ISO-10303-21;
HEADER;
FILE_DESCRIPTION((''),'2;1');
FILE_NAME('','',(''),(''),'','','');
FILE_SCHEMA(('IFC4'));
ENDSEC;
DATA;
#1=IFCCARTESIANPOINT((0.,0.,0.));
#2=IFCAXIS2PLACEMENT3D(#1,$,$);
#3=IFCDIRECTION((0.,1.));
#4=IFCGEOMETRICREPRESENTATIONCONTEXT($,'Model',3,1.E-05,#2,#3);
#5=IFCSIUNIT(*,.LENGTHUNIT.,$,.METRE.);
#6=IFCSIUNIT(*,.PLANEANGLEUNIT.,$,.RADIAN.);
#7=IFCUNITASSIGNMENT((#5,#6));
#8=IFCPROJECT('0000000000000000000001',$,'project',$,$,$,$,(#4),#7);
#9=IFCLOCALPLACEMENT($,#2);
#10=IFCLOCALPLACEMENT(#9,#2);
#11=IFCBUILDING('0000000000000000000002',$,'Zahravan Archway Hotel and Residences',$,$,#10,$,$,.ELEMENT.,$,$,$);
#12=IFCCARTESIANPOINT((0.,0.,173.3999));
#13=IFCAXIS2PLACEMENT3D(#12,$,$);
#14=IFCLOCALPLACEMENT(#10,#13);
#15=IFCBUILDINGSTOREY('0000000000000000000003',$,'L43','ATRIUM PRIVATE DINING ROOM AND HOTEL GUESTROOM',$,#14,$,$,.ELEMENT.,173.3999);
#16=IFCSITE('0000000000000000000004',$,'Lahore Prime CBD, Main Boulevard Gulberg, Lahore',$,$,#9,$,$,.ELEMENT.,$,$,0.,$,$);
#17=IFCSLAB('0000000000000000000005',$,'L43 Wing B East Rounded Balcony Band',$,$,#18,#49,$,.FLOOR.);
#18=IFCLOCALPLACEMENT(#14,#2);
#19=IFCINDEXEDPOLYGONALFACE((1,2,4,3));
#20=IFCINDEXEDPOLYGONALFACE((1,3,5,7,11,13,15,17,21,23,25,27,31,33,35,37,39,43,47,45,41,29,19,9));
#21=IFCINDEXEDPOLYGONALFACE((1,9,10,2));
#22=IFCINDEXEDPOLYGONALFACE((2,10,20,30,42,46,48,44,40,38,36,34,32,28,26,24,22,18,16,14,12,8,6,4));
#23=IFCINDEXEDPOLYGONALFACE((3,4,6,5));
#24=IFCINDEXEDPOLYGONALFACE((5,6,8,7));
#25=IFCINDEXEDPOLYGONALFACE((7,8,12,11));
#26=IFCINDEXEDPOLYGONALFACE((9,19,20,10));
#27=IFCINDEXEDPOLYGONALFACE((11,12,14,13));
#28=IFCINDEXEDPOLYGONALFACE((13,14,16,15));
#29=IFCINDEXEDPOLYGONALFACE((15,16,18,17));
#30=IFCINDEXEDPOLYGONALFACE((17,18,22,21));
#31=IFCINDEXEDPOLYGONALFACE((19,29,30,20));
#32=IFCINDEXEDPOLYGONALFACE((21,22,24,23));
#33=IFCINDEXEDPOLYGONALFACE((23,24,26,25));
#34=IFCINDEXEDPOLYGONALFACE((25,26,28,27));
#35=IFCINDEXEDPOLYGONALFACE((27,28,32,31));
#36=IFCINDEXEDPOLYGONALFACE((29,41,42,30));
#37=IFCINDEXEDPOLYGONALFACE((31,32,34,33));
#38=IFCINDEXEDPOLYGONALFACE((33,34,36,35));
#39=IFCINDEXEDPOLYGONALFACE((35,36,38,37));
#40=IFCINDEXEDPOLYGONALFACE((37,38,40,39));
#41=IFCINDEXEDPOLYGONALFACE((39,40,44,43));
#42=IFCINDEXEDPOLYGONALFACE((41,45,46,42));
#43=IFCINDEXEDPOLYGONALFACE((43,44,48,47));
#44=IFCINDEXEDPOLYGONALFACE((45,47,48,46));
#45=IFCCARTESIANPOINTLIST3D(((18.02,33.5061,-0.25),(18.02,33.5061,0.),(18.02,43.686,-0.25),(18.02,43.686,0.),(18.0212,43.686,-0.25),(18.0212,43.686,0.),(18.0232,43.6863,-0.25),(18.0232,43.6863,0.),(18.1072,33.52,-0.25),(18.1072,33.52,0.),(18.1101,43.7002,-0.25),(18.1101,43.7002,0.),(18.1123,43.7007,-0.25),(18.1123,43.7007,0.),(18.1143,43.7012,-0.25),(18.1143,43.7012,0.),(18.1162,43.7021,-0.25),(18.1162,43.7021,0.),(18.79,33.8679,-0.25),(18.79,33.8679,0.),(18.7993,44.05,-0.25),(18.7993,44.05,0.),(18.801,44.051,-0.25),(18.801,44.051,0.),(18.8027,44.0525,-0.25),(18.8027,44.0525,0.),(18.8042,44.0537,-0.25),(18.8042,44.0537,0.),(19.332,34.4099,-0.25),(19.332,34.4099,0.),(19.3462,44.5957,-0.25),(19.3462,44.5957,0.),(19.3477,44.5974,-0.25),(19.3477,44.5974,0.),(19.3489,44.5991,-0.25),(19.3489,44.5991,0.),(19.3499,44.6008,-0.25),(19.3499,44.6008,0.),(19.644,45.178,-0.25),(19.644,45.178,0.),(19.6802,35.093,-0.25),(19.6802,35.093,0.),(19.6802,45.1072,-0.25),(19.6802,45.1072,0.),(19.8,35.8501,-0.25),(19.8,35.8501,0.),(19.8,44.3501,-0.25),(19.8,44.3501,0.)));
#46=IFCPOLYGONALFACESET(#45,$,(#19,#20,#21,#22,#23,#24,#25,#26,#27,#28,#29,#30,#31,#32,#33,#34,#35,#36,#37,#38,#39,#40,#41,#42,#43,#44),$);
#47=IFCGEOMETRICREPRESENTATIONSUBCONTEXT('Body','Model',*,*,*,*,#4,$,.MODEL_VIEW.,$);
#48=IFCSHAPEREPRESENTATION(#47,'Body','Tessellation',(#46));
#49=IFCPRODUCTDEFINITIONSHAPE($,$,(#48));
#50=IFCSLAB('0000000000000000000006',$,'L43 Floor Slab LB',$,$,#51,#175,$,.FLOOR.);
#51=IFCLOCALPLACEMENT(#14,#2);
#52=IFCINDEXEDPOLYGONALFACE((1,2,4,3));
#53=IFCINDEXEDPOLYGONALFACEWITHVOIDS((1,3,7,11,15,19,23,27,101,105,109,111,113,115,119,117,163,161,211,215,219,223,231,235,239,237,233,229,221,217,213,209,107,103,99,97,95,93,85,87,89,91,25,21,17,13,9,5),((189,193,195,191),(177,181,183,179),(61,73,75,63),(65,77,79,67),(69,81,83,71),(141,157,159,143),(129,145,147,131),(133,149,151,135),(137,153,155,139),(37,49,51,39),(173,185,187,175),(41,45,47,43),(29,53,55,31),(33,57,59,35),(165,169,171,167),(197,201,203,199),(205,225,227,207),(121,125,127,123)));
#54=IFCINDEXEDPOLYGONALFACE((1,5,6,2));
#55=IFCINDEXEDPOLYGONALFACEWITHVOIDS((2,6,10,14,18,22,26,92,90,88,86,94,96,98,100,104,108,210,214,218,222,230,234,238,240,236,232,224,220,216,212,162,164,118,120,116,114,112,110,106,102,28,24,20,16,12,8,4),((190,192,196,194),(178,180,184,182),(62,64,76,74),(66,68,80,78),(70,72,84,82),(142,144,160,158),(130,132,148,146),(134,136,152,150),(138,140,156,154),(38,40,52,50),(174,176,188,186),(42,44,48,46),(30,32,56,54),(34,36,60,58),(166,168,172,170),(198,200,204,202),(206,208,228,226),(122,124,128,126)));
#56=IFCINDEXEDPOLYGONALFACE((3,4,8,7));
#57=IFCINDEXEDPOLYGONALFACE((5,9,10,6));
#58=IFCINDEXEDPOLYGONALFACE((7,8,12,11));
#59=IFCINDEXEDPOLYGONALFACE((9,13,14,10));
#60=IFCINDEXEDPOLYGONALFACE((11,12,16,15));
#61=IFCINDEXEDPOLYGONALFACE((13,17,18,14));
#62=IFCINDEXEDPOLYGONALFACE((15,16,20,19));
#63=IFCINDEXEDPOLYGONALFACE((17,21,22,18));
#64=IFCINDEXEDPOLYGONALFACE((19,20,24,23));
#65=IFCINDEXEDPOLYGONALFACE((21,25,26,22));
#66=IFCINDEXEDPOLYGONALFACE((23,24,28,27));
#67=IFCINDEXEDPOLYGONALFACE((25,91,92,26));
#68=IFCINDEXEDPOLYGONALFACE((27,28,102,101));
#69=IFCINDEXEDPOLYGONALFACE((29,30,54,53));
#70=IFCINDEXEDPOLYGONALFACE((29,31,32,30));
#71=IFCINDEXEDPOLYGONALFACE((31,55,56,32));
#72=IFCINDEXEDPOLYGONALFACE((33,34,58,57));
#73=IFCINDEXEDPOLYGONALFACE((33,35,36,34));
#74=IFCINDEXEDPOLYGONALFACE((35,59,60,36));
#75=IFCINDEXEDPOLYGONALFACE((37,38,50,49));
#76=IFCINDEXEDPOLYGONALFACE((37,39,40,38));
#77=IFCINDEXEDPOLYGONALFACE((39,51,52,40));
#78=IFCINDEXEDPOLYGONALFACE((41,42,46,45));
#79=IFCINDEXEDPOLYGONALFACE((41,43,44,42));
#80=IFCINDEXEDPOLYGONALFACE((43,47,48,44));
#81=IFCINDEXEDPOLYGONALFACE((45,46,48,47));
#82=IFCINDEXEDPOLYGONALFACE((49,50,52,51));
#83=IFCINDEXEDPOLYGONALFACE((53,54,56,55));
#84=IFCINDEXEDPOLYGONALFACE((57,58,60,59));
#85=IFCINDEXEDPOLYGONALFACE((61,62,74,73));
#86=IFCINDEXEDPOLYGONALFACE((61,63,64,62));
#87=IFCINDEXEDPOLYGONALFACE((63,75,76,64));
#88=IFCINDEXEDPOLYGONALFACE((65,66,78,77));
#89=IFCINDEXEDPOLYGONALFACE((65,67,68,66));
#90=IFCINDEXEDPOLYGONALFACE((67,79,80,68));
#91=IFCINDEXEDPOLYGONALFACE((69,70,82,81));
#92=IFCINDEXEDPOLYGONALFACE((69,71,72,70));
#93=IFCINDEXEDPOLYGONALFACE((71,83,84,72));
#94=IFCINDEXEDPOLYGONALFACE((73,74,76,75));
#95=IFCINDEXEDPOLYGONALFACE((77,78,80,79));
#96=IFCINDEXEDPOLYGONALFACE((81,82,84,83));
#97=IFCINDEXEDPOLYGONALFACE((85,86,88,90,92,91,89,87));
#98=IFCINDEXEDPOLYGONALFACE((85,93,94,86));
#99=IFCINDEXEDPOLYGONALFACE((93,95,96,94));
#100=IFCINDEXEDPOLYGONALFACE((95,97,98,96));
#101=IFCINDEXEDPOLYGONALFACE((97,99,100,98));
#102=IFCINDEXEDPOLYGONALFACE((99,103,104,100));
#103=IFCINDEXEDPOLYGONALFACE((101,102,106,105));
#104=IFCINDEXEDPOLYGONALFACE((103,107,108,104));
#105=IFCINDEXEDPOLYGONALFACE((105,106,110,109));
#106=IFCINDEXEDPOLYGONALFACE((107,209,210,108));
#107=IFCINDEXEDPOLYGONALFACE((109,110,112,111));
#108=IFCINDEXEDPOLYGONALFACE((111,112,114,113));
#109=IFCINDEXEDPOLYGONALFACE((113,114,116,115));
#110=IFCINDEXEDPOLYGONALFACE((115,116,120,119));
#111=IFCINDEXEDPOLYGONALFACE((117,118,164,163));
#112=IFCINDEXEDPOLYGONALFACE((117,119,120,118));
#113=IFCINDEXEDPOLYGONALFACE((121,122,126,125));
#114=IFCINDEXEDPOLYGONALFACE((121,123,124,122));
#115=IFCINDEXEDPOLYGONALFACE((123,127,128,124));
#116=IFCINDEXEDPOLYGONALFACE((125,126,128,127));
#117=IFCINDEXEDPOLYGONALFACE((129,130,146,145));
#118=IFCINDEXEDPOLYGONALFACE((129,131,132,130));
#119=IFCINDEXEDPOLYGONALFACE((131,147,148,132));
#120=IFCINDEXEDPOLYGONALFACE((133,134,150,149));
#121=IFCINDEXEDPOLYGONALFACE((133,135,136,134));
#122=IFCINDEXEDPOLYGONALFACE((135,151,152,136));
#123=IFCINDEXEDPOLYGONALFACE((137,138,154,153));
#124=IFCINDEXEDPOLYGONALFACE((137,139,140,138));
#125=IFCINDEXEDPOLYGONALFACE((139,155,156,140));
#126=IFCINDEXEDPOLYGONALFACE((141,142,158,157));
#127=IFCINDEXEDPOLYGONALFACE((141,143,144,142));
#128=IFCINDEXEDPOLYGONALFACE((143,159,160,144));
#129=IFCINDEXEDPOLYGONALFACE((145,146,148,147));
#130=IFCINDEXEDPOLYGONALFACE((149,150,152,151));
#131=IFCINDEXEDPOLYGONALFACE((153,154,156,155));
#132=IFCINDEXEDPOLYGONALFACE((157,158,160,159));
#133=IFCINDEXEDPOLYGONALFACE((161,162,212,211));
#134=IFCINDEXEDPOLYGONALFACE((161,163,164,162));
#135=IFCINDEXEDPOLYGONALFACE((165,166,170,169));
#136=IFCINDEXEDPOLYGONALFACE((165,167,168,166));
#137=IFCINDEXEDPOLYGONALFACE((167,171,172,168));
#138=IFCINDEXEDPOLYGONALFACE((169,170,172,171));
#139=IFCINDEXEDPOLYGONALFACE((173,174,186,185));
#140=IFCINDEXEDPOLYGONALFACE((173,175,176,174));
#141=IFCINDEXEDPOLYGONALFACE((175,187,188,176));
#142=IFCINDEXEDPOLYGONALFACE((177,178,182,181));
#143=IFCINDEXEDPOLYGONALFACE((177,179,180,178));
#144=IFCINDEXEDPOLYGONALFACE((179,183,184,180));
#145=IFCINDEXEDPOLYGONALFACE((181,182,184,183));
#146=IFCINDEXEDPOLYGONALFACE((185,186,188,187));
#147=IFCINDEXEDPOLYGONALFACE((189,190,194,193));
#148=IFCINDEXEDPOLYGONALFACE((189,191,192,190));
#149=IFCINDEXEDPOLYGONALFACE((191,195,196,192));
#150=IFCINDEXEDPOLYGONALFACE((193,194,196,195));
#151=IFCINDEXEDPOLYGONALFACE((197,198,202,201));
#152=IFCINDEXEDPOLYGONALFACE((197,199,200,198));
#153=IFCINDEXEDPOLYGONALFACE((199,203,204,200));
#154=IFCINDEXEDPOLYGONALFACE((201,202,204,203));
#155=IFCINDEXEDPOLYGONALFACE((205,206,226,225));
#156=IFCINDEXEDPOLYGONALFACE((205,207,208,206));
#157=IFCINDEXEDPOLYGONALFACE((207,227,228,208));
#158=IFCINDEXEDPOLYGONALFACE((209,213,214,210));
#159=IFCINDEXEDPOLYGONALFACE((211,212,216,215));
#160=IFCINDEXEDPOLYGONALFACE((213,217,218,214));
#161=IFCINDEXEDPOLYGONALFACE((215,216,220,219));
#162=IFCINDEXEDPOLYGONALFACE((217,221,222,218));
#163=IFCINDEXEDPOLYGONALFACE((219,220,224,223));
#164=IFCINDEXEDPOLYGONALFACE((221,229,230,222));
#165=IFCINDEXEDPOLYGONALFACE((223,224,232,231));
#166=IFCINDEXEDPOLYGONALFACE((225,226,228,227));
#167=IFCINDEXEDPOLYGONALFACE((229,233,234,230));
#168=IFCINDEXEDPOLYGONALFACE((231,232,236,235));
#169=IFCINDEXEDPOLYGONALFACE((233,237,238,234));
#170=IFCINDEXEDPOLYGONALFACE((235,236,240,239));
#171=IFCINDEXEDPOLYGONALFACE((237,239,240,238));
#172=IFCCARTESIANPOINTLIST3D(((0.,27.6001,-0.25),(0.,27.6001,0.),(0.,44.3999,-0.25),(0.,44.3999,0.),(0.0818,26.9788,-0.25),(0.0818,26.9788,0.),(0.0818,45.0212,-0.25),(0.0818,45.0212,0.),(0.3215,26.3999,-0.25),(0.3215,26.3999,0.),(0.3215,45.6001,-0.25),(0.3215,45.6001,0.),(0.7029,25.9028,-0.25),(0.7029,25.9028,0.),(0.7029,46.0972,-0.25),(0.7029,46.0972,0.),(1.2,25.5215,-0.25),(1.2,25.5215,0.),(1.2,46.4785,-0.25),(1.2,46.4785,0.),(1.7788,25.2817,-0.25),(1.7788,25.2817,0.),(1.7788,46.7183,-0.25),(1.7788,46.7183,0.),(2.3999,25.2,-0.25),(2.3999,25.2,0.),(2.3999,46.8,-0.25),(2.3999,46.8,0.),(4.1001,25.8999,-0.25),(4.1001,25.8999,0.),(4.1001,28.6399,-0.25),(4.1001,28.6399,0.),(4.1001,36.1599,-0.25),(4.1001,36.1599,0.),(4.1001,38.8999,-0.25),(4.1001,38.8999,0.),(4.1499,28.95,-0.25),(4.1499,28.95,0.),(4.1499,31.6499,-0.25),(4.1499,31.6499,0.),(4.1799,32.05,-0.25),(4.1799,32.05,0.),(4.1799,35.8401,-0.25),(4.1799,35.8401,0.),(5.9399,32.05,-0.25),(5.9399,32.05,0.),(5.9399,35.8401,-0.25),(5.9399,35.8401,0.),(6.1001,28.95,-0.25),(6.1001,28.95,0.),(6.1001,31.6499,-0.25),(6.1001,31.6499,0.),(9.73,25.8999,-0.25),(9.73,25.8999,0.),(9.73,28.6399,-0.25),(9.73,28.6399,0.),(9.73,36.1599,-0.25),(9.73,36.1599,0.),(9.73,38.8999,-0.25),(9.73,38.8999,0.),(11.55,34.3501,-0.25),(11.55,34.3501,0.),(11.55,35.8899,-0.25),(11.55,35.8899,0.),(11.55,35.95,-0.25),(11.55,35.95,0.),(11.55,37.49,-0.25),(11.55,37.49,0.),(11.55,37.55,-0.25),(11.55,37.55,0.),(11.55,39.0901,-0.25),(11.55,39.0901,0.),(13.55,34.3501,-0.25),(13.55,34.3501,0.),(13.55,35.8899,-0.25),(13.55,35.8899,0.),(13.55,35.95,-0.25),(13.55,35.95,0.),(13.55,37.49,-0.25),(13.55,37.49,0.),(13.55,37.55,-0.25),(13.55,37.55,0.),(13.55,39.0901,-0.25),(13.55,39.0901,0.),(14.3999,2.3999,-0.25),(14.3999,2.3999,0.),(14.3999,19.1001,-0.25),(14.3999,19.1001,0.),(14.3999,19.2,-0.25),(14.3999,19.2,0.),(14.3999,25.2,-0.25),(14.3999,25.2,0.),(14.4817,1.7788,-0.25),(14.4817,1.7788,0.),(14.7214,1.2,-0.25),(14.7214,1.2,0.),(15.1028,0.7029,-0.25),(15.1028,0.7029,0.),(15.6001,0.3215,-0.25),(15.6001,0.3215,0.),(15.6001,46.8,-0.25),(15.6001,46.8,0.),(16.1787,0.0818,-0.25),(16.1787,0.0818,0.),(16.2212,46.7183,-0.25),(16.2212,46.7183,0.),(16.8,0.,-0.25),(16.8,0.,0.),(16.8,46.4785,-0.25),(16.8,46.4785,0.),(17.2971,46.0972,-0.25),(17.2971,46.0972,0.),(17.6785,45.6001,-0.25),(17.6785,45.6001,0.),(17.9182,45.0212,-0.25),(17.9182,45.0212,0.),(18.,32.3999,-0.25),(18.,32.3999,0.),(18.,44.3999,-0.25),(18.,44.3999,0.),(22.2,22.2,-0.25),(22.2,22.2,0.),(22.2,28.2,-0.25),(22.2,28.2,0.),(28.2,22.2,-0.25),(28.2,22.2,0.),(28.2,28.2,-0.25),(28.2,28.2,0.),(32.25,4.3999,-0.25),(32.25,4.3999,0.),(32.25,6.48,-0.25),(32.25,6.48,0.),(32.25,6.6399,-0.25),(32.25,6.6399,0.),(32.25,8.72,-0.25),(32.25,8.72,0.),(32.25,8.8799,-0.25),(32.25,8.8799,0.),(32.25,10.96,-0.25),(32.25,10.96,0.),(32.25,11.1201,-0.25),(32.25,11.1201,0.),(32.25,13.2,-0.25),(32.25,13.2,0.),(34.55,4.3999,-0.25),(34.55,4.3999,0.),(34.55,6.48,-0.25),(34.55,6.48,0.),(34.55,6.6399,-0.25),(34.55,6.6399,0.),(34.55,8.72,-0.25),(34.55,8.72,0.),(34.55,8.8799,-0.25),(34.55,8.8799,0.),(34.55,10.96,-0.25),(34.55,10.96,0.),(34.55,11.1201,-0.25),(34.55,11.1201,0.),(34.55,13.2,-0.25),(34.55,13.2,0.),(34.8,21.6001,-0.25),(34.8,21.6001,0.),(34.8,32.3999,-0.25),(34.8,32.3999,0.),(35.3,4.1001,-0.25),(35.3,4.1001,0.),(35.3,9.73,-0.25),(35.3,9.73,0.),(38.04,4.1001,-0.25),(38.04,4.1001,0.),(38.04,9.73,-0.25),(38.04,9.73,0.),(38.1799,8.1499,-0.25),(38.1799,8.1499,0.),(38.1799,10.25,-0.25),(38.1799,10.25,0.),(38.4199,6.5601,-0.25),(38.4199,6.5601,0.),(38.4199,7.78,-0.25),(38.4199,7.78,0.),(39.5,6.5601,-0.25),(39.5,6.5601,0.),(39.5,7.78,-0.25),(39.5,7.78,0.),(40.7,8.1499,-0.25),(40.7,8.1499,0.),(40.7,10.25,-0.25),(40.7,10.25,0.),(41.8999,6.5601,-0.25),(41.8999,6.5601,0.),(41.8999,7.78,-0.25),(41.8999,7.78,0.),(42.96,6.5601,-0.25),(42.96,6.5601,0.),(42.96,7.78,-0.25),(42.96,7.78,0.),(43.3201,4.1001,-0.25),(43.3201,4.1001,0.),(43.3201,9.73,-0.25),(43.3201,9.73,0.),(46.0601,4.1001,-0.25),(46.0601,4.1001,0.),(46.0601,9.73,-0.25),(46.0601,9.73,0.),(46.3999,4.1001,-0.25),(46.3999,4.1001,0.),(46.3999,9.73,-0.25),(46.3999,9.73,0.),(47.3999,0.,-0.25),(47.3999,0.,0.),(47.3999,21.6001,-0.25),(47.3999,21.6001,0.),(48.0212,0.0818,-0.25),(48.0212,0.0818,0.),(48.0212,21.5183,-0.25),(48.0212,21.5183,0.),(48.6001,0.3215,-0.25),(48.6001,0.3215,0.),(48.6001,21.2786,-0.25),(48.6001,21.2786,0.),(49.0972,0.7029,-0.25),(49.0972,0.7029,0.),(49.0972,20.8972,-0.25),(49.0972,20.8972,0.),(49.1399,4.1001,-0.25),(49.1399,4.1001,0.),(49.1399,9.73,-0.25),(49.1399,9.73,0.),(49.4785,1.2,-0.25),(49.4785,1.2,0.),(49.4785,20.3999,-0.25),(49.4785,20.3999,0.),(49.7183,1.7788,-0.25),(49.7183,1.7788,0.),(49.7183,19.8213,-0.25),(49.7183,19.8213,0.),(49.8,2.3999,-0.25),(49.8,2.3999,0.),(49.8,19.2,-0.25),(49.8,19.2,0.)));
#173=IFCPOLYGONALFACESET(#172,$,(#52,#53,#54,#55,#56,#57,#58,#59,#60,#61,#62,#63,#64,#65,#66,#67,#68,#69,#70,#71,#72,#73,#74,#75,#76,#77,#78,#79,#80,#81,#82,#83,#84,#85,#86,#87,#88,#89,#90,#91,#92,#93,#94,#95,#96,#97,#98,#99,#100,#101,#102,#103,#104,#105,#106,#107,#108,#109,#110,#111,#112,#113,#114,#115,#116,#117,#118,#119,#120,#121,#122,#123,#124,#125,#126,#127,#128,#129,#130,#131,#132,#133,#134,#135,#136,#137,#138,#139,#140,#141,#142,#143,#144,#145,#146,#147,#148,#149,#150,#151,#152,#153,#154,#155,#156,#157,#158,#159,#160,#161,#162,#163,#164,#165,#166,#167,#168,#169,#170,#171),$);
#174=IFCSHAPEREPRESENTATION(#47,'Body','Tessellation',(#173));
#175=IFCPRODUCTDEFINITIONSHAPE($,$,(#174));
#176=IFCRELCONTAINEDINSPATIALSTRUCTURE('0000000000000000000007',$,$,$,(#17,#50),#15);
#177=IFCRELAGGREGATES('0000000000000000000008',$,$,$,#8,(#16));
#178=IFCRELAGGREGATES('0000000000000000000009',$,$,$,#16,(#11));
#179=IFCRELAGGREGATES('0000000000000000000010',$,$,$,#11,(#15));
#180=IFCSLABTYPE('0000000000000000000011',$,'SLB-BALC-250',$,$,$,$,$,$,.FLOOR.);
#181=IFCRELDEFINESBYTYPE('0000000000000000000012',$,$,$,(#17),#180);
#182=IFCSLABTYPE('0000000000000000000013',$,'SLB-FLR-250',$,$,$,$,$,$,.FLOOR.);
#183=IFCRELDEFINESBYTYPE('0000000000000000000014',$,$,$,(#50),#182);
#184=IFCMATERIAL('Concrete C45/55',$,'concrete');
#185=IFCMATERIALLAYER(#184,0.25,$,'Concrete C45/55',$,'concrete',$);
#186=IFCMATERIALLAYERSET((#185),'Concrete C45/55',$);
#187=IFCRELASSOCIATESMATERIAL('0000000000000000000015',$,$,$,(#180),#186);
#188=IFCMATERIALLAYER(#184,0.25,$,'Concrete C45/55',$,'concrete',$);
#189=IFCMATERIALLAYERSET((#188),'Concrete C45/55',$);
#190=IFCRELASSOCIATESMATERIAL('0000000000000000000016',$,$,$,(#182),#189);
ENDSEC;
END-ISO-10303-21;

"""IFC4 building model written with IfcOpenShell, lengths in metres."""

from ifc_helpers import new_model, si_unit, direction, frame, origin, place, context, subcontext, project, spatial, polyline, outline, extrude, material, layer, layer_set, type_object, element, save


model = new_model("IFC4")

# Units and contexts
model_context = context("Model", 3, precision=1e-05, world=origin(), true_north=direction((0.0, 1.0)))
body_context = subcontext(model_context, "Body", "Model", "MODEL_VIEW")
ifc_project = project(units=[si_unit("LENGTHUNIT", "METRE"), si_unit("PLANEANGLEUNIT", "RADIAN")], contexts=[model_context])

# Site, building, storey
site_placement = place(None, origin())
site = spatial("IfcSite", under=ifc_project, at=site_placement, Name="Lahore Prime CBD, Main Boulevard Gulberg, Lahore", CompositionType="ELEMENT", RefElevation=0.0)
building_placement = place(site_placement, origin())
building = spatial("IfcBuilding", under=site, at=building_placement, Name="Zahravan Archway Hotel and Residences", CompositionType="ELEMENT")
storey_placement = place(building_placement, frame((0.0, 0.0, 173.3999)))
storey = spatial("IfcBuildingStorey", under=building, at=storey_placement, Name="L43", Description="ATRIUM PRIVATE DINING ROOM AND HOTEL GUESTROOM", CompositionType="ELEMENT", Elevation=173.3999)

# Slabs
ifc_material_1 = material(Name="Concrete C45/55", Category="concrete")
ifc_layer_1 = layer(ifc_material_1, 0.25, Name="Concrete C45/55", Category="concrete")
ifc_layer_set_1 = layer_set([ifc_layer_1], Name="Concrete C45/55")
slab_type_1 = type_object("IfcSlabType", Name="SLB-BALC-250", PredefinedType="FLOOR", material=ifc_layer_set_1)
slab_1_placement = place(storey_placement, frame((0.0, 0.0, -0.25)))
element("IfcSlab", 1, at=slab_1_placement, inside=storey, type_object=slab_type_1, Name="L43 Wing B East Rounded Balcony Band", PredefinedType="FLOOR", context=body_context, shape_type="SweptSolid", body=[
    extrude(outline(polyline([(19.6802, 45.1072), (19.8, 44.3501), (19.8, 35.8501), (19.6802, 35.093), (19.332, 34.4099), (18.79, 33.8679), (18.1072, 33.52), (18.02, 33.5061), (18.02, 43.686), (18.0212, 43.686), (18.0232, 43.6863), (18.1101, 43.7002), (18.1123, 43.7007), (18.1143, 43.7012), (18.1162, 43.7021), (18.7993, 44.05), (18.801, 44.051), (18.8027, 44.0525), (18.8042, 44.0537), (19.3462, 44.5957), (19.3477, 44.5974), (19.3489, 44.5991), (19.3499, 44.6008), (19.644, 45.178), (19.6802, 45.1072)])), origin(), (0.0, 0.0, 1.0), 0.25),
])
ifc_layer_2 = layer(ifc_material_1, 0.25, Name="Concrete C45/55", Category="concrete")
ifc_layer_set_2 = layer_set([ifc_layer_2], Name="Concrete C45/55")
slab_type_2 = type_object("IfcSlabType", Name="SLB-FLR-250", PredefinedType="FLOOR", material=ifc_layer_set_2)
slab_2_placement = place(storey_placement, frame((0.0, 0.0, -0.25)))
element("IfcSlab", 2, at=slab_2_placement, inside=storey, type_object=slab_type_2, Name="L43 Floor Slab LB", PredefinedType="FLOOR", context=body_context, shape_type="SweptSolid", body=[
    extrude(outline(polyline([(34.8, 21.6001), (34.8, 32.3999), (18.0, 32.3999), (18.0, 44.3999), (17.9182, 45.0212), (17.6785, 45.6001), (17.2971, 46.0972), (16.8, 46.4785), (16.2212, 46.7183), (15.6001, 46.8), (2.3999, 46.8), (1.7788, 46.7183), (1.2, 46.4785), (0.7029, 46.0972), (0.3215, 45.6001), (0.0818, 45.0212), (0.0, 44.3999), (0.0, 27.6001), (0.0818, 26.9788), (0.3215, 26.3999), (0.7029, 25.9028), (1.2, 25.5215), (1.7788, 25.2817), (2.3999, 25.2), (14.3999, 25.2), (14.3999, 19.2), (14.3999, 19.1001), (14.3999, 2.3999), (14.4817, 1.7788), (14.7214, 1.2), (15.1028, 0.7029), (15.6001, 0.3215), (16.1787, 0.0818), (16.8, 0.0), (47.3999, 0.0), (48.0212, 0.0818), (48.6001, 0.3215), (49.0972, 0.7029), (49.4785, 1.2), (49.7183, 1.7788), (49.8, 2.3999), (49.8, 19.2), (49.7183, 19.8213), (49.4785, 20.3999), (49.0972, 20.8972), (48.6001, 21.2786), (48.0212, 21.5183), (47.3999, 21.6001), (34.8, 21.6001)]), holes=[polyline([(35.3, 9.73), (35.3, 4.1001), (38.04, 4.1001), (38.04, 9.73), (35.3, 9.73)]), polyline([(43.3201, 9.73), (43.3201, 4.1001), (46.0601, 4.1001), (46.0601, 9.73), (43.3201, 9.73)]), polyline([(46.3999, 9.73), (46.3999, 4.1001), (49.1399, 4.1001), (49.1399, 9.73), (46.3999, 9.73)]), polyline([(9.73, 28.6399), (4.1001, 28.6399), (4.1001, 25.8999), (9.73, 25.8999), (9.73, 28.6399)]), polyline([(9.73, 38.8999), (4.1001, 38.8999), (4.1001, 36.1599), (9.73, 36.1599), (9.73, 38.8999)]), polyline([(38.1799, 8.1499), (40.7, 8.1499), (40.7, 10.25), (38.1799, 10.25), (38.1799, 8.1499)]), polyline([(4.1499, 28.95), (6.1001, 28.95), (6.1001, 31.6499), (4.1499, 31.6499), (4.1499, 28.95)]), polyline([(11.55, 34.3501), (13.55, 34.3501), (13.55, 35.8899), (11.55, 35.8899), (11.55, 34.3501)]), polyline([(11.55, 35.95), (13.55, 35.95), (13.55, 37.49), (11.55, 37.49), (11.55, 35.95)]), polyline([(11.55, 37.55), (13.55, 37.55), (13.55, 39.0901), (11.55, 39.0901), (11.55, 37.55)]), polyline([(32.25, 4.3999), (34.55, 4.3999), (34.55, 6.48), (32.25, 6.48), (32.25, 4.3999)]), polyline([(32.25, 6.6399), (34.55, 6.6399), (34.55, 8.72), (32.25, 8.72), (32.25, 6.6399)]), polyline([(32.25, 8.8799), (34.55, 8.8799), (34.55, 10.96), (32.25, 10.96), (32.25, 8.8799)]), polyline([(32.25, 11.1201), (34.55, 11.1201), (34.55, 13.2), (32.25, 13.2), (32.25, 11.1201)]), polyline([(22.2, 22.2), (28.2, 22.2), (28.2, 28.2), (22.2, 28.2), (22.2, 22.2)]), polyline([(38.4199, 6.5601), (39.5, 6.5601), (39.5, 7.78), (38.4199, 7.78), (38.4199, 6.5601)]), polyline([(41.8999, 6.5601), (42.96, 6.5601), (42.96, 7.78), (41.8999, 7.78), (41.8999, 6.5601)]), polyline([(4.1799, 32.05), (5.9399, 32.05), (5.9399, 35.8401), (4.1799, 35.8401), (4.1799, 32.05)])]), origin(), (0.0, 0.0, 1.0), 0.25),
])

save(model, "model.ifc")
